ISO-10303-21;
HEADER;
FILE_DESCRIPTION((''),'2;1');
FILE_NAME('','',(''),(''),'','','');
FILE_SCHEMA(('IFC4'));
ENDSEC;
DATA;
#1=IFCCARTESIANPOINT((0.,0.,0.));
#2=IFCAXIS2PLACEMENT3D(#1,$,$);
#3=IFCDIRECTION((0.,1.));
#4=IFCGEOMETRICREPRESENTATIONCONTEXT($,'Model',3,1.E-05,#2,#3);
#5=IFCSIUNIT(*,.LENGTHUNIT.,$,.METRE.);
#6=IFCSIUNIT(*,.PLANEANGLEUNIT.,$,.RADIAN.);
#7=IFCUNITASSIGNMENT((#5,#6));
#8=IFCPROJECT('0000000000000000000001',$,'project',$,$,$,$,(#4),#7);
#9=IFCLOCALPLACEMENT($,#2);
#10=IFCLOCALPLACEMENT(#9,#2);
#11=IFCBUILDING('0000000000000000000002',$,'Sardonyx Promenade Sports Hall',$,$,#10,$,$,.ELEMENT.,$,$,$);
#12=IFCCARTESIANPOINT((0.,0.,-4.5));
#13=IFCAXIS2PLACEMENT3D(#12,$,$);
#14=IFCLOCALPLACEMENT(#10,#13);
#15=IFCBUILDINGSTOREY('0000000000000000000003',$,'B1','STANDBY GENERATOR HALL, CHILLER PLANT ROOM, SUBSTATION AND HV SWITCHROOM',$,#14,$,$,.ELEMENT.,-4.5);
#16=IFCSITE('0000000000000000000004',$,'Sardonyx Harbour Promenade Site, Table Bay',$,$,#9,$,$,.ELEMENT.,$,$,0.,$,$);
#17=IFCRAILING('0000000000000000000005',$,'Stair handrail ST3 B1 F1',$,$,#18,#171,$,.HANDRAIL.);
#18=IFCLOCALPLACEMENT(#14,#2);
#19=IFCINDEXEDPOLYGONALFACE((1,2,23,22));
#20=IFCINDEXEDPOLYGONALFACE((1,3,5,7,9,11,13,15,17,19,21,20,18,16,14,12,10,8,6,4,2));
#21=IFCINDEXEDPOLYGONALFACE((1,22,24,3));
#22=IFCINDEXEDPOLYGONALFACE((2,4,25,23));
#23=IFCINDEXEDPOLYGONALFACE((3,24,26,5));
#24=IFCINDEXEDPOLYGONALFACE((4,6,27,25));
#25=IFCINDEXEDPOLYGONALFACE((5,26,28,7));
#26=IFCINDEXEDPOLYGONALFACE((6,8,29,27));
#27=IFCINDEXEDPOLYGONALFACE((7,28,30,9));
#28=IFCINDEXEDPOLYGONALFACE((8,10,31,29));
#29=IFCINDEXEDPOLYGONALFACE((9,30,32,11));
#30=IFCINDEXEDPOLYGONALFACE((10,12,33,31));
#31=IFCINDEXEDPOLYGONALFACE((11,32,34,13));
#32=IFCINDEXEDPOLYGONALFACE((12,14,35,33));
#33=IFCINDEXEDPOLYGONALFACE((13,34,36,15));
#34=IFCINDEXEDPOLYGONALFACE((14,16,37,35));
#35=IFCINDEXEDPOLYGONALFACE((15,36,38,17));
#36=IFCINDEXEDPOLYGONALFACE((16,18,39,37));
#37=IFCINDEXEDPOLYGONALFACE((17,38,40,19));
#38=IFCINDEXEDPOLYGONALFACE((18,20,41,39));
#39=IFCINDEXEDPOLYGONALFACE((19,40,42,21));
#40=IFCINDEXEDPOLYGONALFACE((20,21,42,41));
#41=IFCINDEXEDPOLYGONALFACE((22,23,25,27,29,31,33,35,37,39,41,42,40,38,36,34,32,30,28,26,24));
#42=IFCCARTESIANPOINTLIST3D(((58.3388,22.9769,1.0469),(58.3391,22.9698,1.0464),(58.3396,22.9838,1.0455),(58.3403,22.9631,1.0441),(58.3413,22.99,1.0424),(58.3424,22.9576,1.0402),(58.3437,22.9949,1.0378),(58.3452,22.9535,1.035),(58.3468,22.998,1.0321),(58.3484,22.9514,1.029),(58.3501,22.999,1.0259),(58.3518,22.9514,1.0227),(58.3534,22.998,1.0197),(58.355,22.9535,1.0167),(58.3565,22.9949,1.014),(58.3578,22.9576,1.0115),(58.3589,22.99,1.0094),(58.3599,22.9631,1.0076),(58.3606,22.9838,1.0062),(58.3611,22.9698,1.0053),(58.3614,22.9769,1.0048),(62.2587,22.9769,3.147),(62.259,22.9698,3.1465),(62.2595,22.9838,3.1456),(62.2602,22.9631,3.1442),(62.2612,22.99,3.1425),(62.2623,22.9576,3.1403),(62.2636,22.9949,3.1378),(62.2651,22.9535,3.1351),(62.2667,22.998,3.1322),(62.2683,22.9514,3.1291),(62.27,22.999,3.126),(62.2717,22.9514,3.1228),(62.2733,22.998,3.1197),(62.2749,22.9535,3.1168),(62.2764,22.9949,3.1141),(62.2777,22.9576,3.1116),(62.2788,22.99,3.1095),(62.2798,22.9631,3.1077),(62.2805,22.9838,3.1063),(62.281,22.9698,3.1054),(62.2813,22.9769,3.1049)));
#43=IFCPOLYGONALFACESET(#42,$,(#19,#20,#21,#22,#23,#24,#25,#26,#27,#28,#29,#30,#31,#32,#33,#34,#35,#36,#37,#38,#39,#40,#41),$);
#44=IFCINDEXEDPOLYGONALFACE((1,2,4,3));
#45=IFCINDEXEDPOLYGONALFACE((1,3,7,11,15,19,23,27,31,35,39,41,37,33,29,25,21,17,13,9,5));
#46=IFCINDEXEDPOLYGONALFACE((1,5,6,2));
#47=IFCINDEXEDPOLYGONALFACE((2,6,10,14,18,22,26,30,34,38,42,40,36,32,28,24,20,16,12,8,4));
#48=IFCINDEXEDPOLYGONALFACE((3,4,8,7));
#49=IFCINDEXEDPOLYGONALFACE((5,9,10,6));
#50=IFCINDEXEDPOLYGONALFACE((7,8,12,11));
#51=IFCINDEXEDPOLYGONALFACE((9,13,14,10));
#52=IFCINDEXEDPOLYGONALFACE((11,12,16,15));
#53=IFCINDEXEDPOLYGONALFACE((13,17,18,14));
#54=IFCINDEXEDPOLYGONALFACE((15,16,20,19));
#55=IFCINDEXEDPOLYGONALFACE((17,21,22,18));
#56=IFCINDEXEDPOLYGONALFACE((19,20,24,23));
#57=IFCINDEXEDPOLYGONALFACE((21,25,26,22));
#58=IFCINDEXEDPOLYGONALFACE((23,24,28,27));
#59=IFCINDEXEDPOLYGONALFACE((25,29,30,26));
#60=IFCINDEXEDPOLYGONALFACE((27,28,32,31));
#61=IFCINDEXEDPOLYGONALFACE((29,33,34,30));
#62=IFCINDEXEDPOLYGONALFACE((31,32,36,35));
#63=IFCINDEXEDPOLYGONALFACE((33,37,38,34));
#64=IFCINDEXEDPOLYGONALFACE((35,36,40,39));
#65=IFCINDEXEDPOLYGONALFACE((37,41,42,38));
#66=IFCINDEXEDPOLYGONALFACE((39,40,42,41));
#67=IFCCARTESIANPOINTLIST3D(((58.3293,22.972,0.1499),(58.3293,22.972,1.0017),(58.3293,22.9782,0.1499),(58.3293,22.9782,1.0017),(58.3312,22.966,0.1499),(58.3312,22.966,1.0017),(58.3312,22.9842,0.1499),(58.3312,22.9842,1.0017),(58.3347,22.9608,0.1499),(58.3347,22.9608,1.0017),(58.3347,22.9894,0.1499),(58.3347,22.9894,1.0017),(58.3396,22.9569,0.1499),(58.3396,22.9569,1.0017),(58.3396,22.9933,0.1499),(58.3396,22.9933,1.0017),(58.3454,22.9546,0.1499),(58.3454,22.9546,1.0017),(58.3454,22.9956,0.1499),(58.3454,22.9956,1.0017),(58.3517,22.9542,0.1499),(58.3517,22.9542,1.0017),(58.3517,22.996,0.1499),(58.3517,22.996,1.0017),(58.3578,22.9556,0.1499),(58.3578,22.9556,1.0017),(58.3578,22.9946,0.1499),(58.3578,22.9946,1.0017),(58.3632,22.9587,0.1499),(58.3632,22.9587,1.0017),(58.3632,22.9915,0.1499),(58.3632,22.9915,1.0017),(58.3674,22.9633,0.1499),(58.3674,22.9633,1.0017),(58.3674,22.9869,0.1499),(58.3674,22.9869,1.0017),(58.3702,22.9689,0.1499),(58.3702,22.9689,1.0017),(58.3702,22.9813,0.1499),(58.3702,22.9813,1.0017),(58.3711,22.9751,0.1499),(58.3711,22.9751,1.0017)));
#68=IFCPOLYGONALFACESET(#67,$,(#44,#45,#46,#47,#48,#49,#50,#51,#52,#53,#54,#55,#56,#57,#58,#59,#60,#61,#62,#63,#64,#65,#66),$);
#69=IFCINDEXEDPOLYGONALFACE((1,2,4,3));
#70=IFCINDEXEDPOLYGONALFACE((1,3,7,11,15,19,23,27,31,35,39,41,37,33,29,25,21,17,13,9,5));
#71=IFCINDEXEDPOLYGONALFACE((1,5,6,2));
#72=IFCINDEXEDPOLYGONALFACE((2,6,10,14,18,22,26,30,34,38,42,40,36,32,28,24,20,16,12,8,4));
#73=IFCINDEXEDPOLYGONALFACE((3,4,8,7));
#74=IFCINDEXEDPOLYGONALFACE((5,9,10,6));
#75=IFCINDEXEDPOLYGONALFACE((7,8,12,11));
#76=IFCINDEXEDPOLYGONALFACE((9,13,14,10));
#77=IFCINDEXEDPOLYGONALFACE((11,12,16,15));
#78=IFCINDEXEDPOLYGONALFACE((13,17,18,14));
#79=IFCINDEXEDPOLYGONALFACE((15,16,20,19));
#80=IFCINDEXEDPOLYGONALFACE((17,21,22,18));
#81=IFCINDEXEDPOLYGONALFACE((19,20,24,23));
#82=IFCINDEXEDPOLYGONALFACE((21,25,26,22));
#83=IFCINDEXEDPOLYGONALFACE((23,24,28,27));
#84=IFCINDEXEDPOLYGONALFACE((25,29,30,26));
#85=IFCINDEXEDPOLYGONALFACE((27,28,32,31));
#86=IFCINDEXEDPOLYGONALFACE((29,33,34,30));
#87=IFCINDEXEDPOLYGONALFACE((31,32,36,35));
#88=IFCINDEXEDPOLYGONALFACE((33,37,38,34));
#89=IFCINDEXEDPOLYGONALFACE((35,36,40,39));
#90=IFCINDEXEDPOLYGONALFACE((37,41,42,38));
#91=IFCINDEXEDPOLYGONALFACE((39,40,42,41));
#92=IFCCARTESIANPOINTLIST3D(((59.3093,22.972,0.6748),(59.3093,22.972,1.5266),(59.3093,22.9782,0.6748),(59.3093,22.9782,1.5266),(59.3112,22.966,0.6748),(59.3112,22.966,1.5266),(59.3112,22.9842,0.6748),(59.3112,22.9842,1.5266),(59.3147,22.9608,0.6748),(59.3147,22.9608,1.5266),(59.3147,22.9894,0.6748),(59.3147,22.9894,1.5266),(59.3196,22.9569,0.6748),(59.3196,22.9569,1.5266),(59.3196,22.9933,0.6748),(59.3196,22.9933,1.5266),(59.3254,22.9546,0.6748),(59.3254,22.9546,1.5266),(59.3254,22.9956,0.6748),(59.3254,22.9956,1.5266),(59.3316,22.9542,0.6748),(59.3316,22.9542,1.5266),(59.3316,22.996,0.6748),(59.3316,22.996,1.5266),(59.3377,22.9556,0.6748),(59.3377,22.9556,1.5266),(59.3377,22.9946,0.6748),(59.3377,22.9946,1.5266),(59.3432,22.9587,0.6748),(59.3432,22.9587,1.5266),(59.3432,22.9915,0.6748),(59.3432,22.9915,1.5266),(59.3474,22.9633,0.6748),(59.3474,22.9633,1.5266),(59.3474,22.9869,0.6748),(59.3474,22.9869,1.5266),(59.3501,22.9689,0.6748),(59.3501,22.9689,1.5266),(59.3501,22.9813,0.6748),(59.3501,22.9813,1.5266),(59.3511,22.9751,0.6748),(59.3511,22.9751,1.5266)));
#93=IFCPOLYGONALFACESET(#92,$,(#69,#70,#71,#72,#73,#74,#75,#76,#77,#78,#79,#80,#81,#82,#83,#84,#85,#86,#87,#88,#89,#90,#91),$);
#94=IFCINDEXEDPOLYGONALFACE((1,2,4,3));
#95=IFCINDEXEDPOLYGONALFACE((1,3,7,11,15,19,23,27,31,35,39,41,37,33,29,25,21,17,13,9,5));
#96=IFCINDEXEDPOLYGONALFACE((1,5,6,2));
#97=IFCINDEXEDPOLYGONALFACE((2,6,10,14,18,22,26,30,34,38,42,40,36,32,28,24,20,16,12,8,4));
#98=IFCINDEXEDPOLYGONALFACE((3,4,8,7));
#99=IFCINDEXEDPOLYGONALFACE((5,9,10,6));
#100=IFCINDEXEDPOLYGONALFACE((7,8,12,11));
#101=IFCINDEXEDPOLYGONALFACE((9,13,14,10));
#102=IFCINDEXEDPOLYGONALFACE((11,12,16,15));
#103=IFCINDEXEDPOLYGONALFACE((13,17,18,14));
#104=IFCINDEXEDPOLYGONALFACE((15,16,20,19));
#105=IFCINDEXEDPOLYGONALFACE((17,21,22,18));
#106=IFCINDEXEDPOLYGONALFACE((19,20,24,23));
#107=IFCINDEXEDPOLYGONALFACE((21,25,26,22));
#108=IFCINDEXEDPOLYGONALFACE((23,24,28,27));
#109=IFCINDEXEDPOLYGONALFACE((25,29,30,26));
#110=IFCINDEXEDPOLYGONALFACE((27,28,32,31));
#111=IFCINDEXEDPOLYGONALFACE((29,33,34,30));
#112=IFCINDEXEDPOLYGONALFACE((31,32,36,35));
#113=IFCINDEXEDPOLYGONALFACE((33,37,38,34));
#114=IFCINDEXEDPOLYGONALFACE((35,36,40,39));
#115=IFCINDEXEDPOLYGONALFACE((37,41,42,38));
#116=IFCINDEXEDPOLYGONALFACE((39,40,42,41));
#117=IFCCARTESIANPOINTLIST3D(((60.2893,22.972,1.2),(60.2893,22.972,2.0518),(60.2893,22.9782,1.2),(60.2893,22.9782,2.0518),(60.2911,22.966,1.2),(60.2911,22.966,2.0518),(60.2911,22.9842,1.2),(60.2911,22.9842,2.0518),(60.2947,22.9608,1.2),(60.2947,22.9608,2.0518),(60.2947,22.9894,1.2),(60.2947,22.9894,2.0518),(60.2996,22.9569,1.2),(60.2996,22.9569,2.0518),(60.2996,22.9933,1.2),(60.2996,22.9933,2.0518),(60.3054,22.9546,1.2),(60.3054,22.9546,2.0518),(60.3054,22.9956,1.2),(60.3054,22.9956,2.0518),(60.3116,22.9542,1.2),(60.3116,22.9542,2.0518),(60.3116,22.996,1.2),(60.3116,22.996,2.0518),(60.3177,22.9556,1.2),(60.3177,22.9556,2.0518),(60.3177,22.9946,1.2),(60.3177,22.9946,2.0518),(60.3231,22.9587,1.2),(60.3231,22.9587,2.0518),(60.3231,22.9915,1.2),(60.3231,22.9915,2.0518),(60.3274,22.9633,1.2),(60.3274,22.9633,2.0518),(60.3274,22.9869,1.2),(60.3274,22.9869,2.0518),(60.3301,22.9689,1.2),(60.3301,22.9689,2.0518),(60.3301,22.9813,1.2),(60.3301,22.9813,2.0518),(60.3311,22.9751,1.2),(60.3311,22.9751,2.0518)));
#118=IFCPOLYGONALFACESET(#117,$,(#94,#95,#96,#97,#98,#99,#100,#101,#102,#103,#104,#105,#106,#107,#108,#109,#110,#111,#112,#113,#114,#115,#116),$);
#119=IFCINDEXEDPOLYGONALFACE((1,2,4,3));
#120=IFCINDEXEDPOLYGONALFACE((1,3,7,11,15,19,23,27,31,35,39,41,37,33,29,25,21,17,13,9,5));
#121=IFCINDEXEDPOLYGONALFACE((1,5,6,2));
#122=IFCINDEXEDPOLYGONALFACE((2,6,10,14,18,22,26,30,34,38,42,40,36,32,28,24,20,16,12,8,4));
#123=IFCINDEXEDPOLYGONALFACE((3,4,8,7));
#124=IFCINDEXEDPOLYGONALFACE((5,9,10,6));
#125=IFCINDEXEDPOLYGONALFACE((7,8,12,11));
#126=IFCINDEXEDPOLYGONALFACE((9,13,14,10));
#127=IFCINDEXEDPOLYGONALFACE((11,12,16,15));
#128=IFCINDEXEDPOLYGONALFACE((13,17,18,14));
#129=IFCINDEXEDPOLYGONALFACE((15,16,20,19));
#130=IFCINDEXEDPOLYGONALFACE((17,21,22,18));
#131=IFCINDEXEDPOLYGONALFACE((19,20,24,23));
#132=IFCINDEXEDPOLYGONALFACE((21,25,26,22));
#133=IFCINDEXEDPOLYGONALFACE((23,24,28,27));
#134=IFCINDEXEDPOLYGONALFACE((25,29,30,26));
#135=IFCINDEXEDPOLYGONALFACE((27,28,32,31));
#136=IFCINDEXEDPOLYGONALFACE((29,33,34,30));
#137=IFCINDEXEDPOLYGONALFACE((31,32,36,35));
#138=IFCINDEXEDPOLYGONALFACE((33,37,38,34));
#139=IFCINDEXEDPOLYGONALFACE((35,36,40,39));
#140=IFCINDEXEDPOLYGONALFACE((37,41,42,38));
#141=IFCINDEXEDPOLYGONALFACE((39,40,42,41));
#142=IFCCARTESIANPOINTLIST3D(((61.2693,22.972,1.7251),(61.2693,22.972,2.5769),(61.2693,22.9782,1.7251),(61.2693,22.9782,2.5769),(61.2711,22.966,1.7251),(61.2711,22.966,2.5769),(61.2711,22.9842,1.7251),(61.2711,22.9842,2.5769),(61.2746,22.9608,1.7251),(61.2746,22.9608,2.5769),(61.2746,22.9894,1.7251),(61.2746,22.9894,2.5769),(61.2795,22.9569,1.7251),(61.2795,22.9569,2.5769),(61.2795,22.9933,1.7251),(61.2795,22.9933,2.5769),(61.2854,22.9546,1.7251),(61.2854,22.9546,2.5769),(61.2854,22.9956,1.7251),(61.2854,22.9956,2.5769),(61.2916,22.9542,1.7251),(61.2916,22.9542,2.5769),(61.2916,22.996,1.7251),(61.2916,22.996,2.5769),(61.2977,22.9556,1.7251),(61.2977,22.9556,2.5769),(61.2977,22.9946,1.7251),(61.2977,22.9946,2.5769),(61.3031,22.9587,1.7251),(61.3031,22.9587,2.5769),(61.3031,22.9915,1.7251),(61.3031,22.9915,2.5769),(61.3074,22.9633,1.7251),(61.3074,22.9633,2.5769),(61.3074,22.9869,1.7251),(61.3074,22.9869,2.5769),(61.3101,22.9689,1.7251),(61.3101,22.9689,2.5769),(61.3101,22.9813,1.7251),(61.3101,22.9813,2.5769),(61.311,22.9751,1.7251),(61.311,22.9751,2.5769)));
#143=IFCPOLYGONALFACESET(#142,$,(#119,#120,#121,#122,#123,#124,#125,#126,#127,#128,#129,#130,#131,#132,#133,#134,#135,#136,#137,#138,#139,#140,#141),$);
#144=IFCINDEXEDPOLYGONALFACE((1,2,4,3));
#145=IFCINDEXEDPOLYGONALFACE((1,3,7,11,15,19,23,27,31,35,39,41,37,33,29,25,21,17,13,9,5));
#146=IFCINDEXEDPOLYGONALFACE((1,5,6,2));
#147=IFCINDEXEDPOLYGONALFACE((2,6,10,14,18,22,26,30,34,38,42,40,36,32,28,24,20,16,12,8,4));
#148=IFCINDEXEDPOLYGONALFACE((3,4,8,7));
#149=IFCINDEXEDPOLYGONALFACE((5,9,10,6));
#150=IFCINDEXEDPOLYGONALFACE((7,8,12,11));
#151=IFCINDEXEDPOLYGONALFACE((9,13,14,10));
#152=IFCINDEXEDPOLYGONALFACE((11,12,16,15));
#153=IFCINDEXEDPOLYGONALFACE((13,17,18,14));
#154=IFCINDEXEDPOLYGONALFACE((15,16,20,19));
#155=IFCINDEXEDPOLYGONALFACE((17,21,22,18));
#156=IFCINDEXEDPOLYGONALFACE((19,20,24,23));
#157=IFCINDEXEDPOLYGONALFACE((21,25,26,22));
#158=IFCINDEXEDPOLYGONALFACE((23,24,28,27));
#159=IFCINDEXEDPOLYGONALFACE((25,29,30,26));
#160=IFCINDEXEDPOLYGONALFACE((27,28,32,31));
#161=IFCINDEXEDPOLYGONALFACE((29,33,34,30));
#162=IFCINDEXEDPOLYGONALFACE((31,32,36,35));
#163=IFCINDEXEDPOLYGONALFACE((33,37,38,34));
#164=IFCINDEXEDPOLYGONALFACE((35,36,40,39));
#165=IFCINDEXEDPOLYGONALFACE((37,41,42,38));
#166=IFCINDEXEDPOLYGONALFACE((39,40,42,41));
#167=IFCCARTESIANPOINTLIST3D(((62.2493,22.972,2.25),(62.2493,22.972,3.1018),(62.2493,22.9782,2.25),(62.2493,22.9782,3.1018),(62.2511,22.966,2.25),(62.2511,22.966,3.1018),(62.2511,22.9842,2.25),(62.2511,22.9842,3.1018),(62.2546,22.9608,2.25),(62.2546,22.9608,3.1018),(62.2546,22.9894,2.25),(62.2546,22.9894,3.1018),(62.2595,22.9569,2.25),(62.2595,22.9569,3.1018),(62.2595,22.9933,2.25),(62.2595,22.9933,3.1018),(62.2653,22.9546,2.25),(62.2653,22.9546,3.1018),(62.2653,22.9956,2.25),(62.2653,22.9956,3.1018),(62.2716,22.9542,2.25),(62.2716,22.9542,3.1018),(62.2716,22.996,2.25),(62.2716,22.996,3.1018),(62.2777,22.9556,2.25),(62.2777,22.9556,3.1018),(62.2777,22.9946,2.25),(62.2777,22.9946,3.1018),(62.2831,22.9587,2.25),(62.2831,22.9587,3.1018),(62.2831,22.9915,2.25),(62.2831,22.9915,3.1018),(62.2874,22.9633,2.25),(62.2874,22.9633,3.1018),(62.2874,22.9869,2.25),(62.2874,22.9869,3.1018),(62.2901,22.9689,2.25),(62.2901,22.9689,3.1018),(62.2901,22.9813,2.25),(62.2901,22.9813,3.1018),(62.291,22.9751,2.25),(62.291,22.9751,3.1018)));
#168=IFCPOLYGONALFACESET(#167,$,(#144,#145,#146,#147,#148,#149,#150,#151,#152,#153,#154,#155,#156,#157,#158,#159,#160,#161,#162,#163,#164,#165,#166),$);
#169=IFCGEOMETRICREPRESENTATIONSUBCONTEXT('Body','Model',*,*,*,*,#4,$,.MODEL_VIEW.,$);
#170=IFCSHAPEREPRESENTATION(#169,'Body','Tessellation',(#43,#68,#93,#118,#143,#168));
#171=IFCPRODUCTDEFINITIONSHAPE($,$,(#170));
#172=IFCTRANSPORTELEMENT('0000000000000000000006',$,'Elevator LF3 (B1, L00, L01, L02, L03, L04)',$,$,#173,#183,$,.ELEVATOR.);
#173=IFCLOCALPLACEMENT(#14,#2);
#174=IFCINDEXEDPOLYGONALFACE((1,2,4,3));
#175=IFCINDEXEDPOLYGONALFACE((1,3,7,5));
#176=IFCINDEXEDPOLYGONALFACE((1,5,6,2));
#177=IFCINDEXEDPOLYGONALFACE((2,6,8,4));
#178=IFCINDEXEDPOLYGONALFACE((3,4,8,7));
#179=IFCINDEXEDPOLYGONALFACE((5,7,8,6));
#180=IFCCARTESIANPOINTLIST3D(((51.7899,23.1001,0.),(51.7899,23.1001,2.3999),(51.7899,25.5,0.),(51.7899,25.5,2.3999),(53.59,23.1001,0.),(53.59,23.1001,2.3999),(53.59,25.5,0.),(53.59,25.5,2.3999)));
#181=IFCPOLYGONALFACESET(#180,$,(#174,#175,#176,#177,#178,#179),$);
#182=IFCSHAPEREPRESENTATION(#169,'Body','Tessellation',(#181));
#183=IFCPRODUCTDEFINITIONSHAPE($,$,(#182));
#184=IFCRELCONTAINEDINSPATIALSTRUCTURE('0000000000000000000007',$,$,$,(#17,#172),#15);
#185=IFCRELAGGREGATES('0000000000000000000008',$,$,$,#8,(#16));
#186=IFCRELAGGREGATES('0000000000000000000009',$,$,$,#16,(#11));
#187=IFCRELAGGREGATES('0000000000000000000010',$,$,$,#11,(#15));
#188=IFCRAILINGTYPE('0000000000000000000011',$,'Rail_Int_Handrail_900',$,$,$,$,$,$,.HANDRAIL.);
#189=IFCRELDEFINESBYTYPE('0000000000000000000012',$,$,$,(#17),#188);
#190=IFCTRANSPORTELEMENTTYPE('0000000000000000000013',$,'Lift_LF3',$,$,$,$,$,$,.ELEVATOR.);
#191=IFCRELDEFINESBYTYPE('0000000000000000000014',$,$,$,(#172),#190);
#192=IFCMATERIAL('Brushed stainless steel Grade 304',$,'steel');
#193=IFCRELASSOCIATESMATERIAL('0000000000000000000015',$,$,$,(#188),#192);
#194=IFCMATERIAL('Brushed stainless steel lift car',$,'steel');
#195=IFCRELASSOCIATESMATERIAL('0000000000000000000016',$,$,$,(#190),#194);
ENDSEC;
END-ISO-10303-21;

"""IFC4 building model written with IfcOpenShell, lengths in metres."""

from ifc_helpers import new_model, si_unit, direction, frame, origin, origin_2d, place, context, subcontext, project, spatial, rectangle, circle, extrude, material, type_object, element, save


model = new_model("IFC4")

# Units and contexts
model_context = context("Model", 3, precision=1e-05, world=origin(), true_north=direction((0.0, 1.0)))
body_context = subcontext(model_context, "Body", "Model", "MODEL_VIEW")
ifc_project = project(units=[si_unit("LENGTHUNIT", "METRE"), si_unit("PLANEANGLEUNIT", "RADIAN")], contexts=[model_context])

# Site, building, storey
site_placement = place(None, origin())
site = spatial("IfcSite", under=ifc_project, at=site_placement, Name="Sardonyx Harbour Promenade Site, Table Bay", CompositionType="ELEMENT", RefElevation=0.0)
building_placement = place(site_placement, origin())
building = spatial("IfcBuilding", under=site, at=building_placement, Name="Sardonyx Promenade Sports Hall", CompositionType="ELEMENT")
storey_placement = place(building_placement, frame((0.0, 0.0, -4.5)))
storey = spatial("IfcBuildingStorey", under=building, at=storey_placement, Name="B1", Description="STANDBY GENERATOR HALL, CHILLER PLANT ROOM, SUBSTATION AND HV SWITCHROOM", CompositionType="ELEMENT", Elevation=-4.5)

# Railing
ifc_material_1 = material(Name="Brushed stainless steel Grade 304", Category="steel")
railing_type = type_object("IfcRailingType", Name="Rail_Int_Handrail_900", PredefinedType="HANDRAIL", material=ifc_material_1)
railing_placement = place(storey_placement, frame((58.3501, 22.9751, 0.1499)))
element("IfcRailing", 1, at=railing_placement, inside=storey, type_object=railing_type, Name="Stair handrail ST3 B1 F1", PredefinedType="HANDRAIL", context=body_context, shape_type="SweptSolid", body=[
    extrude(circle(Radius=0.0239, at=origin_2d()), frame((0.0, 0.0, 0.876), z_axis=(0.881467, 0.0, 0.472246), x_axis=(0.0, 1.0, 0.0)), (0.0, 0.0, 1.0), 4.447),
    extrude(circle(Radius=0.021, at=origin_2d()), origin(), (0.0, 0.0, 1.0), 0.8518),
    extrude(circle(Radius=0.021, at=origin_2d()), frame((0.98, 0.0, 0.5249)), (0.0, 0.0, 1.0), 0.8518),
    extrude(circle(Radius=0.021, at=origin_2d()), frame((1.96, 0.0, 1.05)), (0.0, 0.0, 1.0), 0.8518),
    extrude(circle(Radius=0.021, at=origin_2d()), frame((2.9399, 0.0, 1.5752)), (0.0, 0.0, 1.0), 0.8518),
    extrude(circle(Radius=0.021, at=origin_2d()), frame((3.9199, 0.0, 2.1001)), (0.0, 0.0, 1.0), 0.8518),
])

# Transport element
ifc_material_2 = material(Name="Brushed stainless steel lift car", Category="steel")
transport_element_type = type_object("IfcTransportElementType", Name="Lift_LF3", PredefinedType="ELEVATOR", material=ifc_material_2)
transport_element_placement = place(storey_placement, frame((52.6899, 24.3, 0.0), z_axis=(0.0, 0.0, 1.0), x_axis=(1.0, 0.0, 0.0)))
element("IfcTransportElement", 2, at=transport_element_placement, inside=storey, type_object=transport_element_type, Name="Elevator LF3 (B1, L00, L01, L02, L03, L04)", PredefinedType="ELEVATOR", context=body_context, shape_type="SweptSolid", body=[
    extrude(rectangle(XDim=1.8, YDim=2.3999, at=origin_2d()), origin(), (0.0, 0.0, 1.0), 2.3999),
])

save(model, "model.ifc")
